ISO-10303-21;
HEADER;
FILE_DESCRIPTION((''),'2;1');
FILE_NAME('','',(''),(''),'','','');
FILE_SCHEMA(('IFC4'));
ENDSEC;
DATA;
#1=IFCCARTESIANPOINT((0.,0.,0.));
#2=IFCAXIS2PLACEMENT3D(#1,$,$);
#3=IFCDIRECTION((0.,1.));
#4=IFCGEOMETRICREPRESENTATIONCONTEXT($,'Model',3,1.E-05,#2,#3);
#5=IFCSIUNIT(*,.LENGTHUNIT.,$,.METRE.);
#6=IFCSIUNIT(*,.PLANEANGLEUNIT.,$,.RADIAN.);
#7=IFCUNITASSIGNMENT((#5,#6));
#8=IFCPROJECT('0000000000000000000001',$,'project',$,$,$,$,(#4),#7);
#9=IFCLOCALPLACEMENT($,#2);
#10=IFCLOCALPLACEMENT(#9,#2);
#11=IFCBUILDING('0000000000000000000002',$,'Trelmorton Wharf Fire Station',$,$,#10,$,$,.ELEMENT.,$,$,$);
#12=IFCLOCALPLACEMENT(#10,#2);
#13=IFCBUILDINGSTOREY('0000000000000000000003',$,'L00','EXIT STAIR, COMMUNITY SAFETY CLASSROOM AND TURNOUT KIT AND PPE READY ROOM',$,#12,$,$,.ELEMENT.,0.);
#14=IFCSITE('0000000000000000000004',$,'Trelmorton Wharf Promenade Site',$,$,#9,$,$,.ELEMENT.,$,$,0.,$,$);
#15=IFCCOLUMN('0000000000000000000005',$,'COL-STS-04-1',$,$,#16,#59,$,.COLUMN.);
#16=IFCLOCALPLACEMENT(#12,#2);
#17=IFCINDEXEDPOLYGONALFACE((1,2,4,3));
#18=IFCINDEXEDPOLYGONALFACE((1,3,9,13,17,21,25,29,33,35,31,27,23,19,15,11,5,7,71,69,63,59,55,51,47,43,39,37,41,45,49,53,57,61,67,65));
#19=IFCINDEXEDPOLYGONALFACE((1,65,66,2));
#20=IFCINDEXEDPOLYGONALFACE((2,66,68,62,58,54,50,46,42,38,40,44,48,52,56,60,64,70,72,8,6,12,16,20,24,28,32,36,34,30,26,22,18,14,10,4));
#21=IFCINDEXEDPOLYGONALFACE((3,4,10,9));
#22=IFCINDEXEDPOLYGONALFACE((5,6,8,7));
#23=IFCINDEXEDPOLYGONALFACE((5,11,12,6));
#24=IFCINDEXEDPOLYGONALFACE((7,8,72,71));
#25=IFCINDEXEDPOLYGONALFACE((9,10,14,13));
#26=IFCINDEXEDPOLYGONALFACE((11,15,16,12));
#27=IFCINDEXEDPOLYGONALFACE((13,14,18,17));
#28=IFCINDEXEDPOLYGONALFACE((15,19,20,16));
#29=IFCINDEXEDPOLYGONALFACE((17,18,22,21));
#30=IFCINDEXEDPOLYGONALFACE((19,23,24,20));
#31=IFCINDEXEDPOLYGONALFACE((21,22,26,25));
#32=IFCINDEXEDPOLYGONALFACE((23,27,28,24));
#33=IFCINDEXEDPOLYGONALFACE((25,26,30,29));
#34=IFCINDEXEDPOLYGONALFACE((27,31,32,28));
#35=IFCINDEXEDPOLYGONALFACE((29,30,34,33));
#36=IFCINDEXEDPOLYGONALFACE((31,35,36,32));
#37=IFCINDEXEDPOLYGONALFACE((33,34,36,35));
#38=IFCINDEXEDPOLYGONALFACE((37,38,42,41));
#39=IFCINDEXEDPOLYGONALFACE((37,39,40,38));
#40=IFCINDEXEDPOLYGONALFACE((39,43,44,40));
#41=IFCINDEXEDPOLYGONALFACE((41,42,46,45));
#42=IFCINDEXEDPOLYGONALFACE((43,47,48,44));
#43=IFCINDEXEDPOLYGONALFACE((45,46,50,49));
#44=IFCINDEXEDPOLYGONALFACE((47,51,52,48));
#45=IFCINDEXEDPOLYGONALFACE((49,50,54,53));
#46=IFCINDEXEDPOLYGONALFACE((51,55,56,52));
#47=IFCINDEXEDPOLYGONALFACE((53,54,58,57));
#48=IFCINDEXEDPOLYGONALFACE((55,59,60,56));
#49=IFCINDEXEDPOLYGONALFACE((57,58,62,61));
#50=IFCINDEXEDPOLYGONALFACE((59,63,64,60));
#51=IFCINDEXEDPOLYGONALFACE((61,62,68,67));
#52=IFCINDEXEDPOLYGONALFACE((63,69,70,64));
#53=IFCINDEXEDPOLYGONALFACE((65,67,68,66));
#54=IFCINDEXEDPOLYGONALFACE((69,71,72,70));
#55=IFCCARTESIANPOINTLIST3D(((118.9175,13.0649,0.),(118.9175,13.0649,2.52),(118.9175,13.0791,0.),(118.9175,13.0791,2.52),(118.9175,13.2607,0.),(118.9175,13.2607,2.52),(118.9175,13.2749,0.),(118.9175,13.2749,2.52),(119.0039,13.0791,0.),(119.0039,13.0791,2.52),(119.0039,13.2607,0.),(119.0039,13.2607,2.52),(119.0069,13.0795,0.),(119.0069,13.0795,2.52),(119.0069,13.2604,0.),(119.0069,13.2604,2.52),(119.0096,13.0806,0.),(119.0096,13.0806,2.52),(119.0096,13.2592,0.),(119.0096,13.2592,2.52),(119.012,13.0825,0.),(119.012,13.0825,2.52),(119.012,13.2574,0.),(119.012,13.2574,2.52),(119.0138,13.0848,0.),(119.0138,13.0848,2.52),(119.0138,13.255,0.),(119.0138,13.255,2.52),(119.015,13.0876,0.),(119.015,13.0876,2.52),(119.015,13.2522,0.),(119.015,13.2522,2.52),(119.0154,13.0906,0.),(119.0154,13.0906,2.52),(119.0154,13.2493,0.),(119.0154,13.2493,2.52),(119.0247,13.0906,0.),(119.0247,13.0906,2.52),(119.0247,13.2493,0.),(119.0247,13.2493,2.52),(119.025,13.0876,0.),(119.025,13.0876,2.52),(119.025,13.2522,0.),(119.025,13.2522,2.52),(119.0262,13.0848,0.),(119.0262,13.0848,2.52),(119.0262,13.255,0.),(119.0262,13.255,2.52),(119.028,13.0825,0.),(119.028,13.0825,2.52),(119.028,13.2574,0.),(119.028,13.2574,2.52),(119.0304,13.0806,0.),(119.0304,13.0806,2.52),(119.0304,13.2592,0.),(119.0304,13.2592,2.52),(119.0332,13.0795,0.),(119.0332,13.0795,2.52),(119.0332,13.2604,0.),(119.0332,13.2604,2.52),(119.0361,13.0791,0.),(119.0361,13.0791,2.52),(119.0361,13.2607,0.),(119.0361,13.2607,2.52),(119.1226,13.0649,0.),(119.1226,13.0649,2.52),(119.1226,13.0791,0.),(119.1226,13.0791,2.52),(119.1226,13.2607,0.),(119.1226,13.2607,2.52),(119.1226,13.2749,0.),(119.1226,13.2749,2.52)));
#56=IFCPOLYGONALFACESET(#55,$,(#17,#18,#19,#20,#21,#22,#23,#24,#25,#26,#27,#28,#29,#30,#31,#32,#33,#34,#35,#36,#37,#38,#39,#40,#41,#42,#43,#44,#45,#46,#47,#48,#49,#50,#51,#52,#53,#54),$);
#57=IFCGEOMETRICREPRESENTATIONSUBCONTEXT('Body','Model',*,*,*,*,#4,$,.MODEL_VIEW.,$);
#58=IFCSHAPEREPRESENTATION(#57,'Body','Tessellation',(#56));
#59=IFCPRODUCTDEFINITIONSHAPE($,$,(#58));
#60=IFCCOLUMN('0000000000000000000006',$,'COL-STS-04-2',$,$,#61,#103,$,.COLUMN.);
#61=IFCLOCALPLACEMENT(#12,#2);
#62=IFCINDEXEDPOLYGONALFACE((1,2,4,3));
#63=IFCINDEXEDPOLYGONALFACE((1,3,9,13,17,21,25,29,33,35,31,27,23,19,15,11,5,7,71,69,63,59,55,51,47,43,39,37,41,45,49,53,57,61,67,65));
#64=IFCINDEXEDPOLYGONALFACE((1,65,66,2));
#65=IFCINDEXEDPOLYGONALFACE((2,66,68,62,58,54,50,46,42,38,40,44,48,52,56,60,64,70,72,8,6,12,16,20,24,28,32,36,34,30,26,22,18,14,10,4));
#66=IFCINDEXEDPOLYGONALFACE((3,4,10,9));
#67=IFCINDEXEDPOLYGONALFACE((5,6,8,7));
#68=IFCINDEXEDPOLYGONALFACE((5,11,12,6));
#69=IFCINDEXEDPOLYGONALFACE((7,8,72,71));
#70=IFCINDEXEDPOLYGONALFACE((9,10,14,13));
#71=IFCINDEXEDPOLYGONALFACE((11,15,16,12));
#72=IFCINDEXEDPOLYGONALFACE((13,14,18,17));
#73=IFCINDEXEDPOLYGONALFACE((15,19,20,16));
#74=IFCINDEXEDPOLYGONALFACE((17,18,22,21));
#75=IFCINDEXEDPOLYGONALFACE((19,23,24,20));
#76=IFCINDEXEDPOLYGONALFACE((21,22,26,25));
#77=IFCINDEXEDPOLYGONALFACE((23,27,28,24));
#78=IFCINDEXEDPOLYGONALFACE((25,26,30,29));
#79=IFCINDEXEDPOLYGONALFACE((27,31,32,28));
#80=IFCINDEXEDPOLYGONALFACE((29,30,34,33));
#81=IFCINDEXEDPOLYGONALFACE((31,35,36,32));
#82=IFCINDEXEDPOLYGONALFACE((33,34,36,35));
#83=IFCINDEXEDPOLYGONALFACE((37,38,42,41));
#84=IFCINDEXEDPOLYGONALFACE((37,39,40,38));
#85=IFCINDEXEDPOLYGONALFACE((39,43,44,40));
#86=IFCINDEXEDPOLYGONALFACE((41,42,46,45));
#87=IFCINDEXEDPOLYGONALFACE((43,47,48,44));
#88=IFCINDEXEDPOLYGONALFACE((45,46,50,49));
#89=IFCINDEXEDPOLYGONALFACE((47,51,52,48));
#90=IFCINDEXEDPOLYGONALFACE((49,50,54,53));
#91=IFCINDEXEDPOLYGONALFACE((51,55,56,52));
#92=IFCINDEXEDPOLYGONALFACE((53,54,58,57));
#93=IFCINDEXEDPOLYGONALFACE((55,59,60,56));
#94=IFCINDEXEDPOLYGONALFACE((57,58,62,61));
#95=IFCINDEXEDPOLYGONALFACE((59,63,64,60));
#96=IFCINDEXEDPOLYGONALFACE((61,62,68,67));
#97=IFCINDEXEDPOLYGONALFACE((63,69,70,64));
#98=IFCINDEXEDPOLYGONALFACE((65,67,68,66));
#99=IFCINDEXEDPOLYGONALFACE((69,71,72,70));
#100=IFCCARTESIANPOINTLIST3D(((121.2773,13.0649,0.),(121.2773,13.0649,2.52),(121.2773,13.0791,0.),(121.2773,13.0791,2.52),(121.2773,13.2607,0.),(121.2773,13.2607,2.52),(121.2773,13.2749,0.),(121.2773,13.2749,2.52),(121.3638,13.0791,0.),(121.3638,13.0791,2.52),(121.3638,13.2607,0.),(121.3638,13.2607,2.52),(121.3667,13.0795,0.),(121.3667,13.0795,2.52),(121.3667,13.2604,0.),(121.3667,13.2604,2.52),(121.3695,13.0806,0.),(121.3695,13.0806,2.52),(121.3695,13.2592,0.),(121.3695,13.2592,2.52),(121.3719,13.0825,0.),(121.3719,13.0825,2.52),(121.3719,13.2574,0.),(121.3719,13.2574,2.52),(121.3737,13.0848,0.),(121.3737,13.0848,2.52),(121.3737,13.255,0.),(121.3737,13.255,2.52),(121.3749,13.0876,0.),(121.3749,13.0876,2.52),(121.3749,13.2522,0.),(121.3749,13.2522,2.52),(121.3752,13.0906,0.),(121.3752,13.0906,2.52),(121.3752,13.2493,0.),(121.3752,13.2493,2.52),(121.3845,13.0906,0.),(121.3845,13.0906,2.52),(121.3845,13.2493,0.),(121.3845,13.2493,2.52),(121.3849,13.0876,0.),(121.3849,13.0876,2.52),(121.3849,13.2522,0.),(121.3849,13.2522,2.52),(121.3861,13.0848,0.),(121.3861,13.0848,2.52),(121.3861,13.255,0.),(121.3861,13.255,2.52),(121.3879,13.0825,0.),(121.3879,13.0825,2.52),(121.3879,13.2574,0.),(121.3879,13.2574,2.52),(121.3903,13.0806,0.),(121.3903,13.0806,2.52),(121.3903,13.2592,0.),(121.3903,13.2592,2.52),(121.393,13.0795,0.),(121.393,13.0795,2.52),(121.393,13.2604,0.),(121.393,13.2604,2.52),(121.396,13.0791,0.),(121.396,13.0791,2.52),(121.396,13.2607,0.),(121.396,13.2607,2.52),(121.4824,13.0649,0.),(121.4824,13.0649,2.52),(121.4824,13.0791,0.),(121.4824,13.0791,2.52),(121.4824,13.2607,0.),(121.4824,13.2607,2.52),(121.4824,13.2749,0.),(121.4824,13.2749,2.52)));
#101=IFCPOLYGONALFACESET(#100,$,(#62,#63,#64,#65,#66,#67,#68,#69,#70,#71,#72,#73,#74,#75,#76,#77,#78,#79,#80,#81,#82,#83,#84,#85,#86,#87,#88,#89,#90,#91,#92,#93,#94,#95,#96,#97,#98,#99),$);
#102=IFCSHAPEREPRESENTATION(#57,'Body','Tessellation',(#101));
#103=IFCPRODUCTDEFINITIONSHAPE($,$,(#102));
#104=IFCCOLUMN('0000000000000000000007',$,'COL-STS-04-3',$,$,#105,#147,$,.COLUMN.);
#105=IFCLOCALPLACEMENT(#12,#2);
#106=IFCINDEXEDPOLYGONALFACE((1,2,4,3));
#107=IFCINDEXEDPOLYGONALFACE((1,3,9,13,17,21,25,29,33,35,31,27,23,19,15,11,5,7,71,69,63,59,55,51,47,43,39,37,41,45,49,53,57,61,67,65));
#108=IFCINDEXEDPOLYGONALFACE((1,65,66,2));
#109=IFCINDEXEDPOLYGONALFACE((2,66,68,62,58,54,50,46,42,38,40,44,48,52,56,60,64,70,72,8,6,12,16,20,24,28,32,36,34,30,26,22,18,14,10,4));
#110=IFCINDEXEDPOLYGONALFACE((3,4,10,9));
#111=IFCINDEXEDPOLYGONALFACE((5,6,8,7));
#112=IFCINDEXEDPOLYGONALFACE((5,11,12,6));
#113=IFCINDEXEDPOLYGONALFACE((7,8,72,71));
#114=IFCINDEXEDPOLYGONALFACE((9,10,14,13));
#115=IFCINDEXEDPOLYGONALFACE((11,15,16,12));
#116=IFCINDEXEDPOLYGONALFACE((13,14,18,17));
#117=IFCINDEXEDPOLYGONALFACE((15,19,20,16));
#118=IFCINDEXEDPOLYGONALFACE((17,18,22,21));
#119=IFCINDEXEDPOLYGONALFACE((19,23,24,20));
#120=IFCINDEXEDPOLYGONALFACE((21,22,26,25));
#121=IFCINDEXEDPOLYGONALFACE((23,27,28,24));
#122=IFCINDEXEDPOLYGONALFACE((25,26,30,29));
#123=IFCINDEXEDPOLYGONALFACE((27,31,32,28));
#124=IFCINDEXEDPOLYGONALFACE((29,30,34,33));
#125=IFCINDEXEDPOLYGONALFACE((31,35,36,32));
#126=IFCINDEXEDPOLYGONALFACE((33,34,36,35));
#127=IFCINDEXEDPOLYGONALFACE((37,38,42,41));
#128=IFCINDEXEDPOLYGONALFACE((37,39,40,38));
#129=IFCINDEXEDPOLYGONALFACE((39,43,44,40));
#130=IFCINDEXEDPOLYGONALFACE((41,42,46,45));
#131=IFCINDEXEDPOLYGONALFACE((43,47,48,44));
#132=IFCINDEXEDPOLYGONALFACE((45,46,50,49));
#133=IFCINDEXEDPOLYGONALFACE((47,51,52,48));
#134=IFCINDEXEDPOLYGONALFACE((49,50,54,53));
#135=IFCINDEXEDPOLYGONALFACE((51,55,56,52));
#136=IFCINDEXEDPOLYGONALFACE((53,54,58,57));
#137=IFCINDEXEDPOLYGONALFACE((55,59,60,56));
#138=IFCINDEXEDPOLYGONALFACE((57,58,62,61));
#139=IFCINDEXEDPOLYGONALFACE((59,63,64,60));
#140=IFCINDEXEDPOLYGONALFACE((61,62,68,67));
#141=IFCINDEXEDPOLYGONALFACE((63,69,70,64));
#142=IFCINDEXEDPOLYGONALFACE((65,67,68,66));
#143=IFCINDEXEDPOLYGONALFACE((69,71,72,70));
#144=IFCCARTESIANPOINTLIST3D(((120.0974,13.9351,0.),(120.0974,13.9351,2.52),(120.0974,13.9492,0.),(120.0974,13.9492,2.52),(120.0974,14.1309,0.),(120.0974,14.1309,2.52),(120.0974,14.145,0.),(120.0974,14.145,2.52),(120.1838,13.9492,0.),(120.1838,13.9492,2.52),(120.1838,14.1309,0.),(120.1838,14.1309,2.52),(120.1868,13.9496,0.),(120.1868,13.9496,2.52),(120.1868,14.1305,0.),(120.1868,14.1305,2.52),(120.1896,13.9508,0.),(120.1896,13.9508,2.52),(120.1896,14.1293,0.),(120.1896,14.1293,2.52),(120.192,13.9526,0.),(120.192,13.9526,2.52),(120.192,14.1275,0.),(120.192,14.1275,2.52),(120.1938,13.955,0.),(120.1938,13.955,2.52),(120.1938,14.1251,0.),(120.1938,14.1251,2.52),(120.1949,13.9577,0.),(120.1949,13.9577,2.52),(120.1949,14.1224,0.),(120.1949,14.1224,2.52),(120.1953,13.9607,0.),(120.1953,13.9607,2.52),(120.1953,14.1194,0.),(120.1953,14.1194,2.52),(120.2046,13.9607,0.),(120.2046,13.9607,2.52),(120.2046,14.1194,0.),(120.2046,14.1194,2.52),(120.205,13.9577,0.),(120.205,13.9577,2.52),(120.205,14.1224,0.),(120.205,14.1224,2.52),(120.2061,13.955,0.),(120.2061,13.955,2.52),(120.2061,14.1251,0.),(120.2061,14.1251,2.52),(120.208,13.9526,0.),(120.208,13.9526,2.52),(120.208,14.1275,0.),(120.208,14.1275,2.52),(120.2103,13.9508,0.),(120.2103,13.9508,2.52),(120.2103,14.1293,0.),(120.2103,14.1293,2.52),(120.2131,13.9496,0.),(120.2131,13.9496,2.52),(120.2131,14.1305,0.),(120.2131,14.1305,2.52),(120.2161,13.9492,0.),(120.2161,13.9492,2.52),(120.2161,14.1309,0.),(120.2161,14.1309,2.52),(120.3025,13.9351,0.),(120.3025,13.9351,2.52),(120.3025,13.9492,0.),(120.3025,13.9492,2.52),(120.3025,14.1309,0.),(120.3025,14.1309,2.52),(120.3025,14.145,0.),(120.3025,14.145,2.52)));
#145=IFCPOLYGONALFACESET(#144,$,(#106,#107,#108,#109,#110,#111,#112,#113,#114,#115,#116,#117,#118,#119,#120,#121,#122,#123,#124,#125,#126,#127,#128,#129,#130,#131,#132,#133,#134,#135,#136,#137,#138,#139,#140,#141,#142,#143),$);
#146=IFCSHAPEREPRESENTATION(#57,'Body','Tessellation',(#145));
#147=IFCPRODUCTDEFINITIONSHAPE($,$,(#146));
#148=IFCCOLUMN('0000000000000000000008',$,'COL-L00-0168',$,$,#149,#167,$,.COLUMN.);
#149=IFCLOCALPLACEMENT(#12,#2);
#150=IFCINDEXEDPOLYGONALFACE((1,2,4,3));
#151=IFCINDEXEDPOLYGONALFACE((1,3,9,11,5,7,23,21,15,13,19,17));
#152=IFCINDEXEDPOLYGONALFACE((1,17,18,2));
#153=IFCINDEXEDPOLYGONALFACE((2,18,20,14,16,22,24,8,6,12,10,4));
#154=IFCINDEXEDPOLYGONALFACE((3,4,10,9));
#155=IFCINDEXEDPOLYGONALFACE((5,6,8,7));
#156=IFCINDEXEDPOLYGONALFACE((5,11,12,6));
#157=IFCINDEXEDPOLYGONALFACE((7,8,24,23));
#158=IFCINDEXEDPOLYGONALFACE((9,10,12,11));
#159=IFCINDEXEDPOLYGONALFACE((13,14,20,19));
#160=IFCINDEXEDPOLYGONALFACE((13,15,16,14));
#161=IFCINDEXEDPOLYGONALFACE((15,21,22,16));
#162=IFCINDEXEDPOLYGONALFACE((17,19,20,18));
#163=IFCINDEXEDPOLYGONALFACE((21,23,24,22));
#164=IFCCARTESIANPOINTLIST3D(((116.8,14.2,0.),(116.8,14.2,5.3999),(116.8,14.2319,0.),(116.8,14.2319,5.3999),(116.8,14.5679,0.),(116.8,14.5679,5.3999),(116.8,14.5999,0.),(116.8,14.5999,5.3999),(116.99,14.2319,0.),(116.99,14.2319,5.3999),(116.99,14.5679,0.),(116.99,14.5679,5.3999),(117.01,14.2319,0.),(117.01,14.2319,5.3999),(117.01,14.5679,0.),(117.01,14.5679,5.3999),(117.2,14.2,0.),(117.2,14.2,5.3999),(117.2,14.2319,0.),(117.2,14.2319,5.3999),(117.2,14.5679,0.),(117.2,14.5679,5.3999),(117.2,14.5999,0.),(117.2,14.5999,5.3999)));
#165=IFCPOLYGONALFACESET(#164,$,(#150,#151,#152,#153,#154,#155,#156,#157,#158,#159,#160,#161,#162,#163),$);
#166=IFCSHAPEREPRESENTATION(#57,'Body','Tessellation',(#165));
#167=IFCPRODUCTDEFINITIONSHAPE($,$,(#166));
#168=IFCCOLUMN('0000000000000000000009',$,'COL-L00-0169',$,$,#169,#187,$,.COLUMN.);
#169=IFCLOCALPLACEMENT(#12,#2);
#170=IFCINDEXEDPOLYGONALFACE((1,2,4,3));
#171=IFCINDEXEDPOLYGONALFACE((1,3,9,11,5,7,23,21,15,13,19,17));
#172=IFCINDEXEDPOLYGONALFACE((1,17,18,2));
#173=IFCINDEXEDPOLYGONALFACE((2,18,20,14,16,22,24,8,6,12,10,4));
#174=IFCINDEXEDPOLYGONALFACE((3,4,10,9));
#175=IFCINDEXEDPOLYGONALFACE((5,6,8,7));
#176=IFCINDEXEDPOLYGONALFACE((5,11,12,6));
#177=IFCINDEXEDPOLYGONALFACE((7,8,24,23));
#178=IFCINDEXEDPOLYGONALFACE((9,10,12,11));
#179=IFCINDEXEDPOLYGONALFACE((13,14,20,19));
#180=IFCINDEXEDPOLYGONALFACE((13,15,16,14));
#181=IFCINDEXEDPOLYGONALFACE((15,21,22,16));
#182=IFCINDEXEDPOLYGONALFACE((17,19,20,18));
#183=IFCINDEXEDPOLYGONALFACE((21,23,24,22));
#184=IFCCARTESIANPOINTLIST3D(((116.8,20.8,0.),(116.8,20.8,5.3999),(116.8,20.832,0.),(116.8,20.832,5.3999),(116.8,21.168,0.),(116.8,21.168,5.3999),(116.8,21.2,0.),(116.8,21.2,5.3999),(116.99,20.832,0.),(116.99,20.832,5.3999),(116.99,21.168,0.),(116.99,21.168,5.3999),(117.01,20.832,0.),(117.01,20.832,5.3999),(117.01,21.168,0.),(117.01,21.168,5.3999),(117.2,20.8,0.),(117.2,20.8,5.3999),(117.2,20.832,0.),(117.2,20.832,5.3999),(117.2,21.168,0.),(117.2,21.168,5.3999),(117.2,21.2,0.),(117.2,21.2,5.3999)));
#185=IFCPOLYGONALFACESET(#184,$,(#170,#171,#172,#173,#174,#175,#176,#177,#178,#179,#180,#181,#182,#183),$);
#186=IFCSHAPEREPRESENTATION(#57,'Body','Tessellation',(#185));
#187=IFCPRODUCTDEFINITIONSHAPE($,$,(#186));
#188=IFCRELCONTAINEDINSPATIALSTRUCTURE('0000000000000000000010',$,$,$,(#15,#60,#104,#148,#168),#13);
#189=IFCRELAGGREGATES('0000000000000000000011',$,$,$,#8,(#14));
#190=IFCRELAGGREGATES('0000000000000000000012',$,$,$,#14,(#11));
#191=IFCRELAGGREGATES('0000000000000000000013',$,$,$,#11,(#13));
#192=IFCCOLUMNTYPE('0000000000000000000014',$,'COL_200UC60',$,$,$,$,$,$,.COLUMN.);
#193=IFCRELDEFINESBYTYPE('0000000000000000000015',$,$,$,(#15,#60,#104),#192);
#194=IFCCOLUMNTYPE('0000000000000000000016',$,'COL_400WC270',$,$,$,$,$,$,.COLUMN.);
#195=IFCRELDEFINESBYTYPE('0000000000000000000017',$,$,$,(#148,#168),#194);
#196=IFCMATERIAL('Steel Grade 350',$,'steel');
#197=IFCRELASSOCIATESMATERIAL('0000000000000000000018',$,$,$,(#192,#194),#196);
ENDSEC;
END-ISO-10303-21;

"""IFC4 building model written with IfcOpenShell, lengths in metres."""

from ifc_helpers import new_model, si_unit, direction, frame, origin, origin_2d, place, context, subcontext, project, spatial, i_section, extrude, material, material_profile, profile_set, type_object, element, save


model = new_model("IFC4")

# Units and contexts
model_context = context("Model", 3, precision=1e-05, world=origin(), true_north=direction((0.0, 1.0)))
body_context = subcontext(model_context, "Body", "Model", "MODEL_VIEW")
ifc_project = project(units=[si_unit("LENGTHUNIT", "METRE"), si_unit("PLANEANGLEUNIT", "RADIAN")], contexts=[model_context])

# Site, building, storey
site_placement = place(None, origin())
site = spatial("IfcSite", under=ifc_project, at=site_placement, Name="Trelmorton Wharf Promenade Site", CompositionType="ELEMENT", RefElevation=0.0)
building_placement = place(site_placement, origin())
building = spatial("IfcBuilding", under=site, at=building_placement, Name="Trelmorton Wharf Fire Station", CompositionType="ELEMENT")
storey_placement = place(building_placement, origin())
storey = spatial("IfcBuildingStorey", under=building, at=storey_placement, Name="L00", Description="EXIT STAIR, COMMUNITY SAFETY CLASSROOM AND TURNOUT KIT AND PPE READY ROOM", CompositionType="ELEMENT", Elevation=0.0)

# Columns
ifc_material_1 = material(Name="Steel Grade 350", Category="steel")
ifc_material_profile_1 = material_profile(ifc_material_1, i_section(OverallWidth=0.2051, OverallDepth=0.21, WebThickness=0.0093, FlangeThickness=0.0142, FilletRadius=0.0115, at=origin_2d()), Name="200UC59.5")
ifc_profile_set_1 = profile_set([ifc_material_profile_1], Name="Steel Grade 350")
column_type_1 = type_object("IfcColumnType", Name="COL_200UC60", PredefinedType="COLUMN", material=ifc_profile_set_1)
for number, where, z_axis, x_axis, name in (
    (1, (119.02, 13.1699, 0.0), (0.0, 0.0, 1.0), (1.0, 0.0, 0.0), "COL-STS-04-1"),
    (2, (121.3799, 13.1699, 0.0), (0.0, 0.0, 1.0), (1.0, 0.0, 0.0), "COL-STS-04-2"),
    (3, (120.2, 14.04, 0.0), (0.0, 0.0, 1.0), (1.0, 0.0, 0.0), "COL-STS-04-3"),
):
    element("IfcColumn", number, at=place(storey_placement, frame(where, z_axis=z_axis, x_axis=x_axis)), inside=storey, type_object=column_type_1, Name=name, PredefinedType="COLUMN", context=body_context, shape_type="SweptSolid", body=[
        extrude(i_section(OverallWidth=0.2051, OverallDepth=0.21, WebThickness=0.0093, FlangeThickness=0.0142, FilletRadius=0.0115, at=origin_2d()), origin(), (0.0, 0.0, 1.0), 2.52),
    ])
ifc_material_profile_2 = material_profile(ifc_material_1, i_section(OverallWidth=0.3999, OverallDepth=0.3999, WebThickness=0.02, FlangeThickness=0.032, at=origin_2d()), Name="400WC270")
ifc_profile_set_2 = profile_set([ifc_material_profile_2], Name="Steel Grade 350")
column_type_2 = type_object("IfcColumnType", Name="COL_400WC270", PredefinedType="COLUMN", material=ifc_profile_set_2)
for number, where, z_axis, x_axis, name in (
    (4, (117.0, 14.3999, 0.0), (0.0, 0.0, 1.0), (1.0, 0.0, 0.0), "COL-L00-0168"),
    (5, (117.0, 21.0, 0.0), (0.0, 0.0, 1.0), (1.0, 0.0, 0.0), "COL-L00-0169"),
):
    element("IfcColumn", number, at=place(storey_placement, frame(where, z_axis=z_axis, x_axis=x_axis)), inside=storey, type_object=column_type_2, Name=name, PredefinedType="COLUMN", context=body_context, shape_type="SweptSolid", body=[
        extrude(i_section(OverallWidth=0.3999, OverallDepth=0.3999, WebThickness=0.02, FlangeThickness=0.032, at=origin_2d()), origin(), (0.0, 0.0, 1.0), 5.3999),
    ])

save(model, "model.ifc")
